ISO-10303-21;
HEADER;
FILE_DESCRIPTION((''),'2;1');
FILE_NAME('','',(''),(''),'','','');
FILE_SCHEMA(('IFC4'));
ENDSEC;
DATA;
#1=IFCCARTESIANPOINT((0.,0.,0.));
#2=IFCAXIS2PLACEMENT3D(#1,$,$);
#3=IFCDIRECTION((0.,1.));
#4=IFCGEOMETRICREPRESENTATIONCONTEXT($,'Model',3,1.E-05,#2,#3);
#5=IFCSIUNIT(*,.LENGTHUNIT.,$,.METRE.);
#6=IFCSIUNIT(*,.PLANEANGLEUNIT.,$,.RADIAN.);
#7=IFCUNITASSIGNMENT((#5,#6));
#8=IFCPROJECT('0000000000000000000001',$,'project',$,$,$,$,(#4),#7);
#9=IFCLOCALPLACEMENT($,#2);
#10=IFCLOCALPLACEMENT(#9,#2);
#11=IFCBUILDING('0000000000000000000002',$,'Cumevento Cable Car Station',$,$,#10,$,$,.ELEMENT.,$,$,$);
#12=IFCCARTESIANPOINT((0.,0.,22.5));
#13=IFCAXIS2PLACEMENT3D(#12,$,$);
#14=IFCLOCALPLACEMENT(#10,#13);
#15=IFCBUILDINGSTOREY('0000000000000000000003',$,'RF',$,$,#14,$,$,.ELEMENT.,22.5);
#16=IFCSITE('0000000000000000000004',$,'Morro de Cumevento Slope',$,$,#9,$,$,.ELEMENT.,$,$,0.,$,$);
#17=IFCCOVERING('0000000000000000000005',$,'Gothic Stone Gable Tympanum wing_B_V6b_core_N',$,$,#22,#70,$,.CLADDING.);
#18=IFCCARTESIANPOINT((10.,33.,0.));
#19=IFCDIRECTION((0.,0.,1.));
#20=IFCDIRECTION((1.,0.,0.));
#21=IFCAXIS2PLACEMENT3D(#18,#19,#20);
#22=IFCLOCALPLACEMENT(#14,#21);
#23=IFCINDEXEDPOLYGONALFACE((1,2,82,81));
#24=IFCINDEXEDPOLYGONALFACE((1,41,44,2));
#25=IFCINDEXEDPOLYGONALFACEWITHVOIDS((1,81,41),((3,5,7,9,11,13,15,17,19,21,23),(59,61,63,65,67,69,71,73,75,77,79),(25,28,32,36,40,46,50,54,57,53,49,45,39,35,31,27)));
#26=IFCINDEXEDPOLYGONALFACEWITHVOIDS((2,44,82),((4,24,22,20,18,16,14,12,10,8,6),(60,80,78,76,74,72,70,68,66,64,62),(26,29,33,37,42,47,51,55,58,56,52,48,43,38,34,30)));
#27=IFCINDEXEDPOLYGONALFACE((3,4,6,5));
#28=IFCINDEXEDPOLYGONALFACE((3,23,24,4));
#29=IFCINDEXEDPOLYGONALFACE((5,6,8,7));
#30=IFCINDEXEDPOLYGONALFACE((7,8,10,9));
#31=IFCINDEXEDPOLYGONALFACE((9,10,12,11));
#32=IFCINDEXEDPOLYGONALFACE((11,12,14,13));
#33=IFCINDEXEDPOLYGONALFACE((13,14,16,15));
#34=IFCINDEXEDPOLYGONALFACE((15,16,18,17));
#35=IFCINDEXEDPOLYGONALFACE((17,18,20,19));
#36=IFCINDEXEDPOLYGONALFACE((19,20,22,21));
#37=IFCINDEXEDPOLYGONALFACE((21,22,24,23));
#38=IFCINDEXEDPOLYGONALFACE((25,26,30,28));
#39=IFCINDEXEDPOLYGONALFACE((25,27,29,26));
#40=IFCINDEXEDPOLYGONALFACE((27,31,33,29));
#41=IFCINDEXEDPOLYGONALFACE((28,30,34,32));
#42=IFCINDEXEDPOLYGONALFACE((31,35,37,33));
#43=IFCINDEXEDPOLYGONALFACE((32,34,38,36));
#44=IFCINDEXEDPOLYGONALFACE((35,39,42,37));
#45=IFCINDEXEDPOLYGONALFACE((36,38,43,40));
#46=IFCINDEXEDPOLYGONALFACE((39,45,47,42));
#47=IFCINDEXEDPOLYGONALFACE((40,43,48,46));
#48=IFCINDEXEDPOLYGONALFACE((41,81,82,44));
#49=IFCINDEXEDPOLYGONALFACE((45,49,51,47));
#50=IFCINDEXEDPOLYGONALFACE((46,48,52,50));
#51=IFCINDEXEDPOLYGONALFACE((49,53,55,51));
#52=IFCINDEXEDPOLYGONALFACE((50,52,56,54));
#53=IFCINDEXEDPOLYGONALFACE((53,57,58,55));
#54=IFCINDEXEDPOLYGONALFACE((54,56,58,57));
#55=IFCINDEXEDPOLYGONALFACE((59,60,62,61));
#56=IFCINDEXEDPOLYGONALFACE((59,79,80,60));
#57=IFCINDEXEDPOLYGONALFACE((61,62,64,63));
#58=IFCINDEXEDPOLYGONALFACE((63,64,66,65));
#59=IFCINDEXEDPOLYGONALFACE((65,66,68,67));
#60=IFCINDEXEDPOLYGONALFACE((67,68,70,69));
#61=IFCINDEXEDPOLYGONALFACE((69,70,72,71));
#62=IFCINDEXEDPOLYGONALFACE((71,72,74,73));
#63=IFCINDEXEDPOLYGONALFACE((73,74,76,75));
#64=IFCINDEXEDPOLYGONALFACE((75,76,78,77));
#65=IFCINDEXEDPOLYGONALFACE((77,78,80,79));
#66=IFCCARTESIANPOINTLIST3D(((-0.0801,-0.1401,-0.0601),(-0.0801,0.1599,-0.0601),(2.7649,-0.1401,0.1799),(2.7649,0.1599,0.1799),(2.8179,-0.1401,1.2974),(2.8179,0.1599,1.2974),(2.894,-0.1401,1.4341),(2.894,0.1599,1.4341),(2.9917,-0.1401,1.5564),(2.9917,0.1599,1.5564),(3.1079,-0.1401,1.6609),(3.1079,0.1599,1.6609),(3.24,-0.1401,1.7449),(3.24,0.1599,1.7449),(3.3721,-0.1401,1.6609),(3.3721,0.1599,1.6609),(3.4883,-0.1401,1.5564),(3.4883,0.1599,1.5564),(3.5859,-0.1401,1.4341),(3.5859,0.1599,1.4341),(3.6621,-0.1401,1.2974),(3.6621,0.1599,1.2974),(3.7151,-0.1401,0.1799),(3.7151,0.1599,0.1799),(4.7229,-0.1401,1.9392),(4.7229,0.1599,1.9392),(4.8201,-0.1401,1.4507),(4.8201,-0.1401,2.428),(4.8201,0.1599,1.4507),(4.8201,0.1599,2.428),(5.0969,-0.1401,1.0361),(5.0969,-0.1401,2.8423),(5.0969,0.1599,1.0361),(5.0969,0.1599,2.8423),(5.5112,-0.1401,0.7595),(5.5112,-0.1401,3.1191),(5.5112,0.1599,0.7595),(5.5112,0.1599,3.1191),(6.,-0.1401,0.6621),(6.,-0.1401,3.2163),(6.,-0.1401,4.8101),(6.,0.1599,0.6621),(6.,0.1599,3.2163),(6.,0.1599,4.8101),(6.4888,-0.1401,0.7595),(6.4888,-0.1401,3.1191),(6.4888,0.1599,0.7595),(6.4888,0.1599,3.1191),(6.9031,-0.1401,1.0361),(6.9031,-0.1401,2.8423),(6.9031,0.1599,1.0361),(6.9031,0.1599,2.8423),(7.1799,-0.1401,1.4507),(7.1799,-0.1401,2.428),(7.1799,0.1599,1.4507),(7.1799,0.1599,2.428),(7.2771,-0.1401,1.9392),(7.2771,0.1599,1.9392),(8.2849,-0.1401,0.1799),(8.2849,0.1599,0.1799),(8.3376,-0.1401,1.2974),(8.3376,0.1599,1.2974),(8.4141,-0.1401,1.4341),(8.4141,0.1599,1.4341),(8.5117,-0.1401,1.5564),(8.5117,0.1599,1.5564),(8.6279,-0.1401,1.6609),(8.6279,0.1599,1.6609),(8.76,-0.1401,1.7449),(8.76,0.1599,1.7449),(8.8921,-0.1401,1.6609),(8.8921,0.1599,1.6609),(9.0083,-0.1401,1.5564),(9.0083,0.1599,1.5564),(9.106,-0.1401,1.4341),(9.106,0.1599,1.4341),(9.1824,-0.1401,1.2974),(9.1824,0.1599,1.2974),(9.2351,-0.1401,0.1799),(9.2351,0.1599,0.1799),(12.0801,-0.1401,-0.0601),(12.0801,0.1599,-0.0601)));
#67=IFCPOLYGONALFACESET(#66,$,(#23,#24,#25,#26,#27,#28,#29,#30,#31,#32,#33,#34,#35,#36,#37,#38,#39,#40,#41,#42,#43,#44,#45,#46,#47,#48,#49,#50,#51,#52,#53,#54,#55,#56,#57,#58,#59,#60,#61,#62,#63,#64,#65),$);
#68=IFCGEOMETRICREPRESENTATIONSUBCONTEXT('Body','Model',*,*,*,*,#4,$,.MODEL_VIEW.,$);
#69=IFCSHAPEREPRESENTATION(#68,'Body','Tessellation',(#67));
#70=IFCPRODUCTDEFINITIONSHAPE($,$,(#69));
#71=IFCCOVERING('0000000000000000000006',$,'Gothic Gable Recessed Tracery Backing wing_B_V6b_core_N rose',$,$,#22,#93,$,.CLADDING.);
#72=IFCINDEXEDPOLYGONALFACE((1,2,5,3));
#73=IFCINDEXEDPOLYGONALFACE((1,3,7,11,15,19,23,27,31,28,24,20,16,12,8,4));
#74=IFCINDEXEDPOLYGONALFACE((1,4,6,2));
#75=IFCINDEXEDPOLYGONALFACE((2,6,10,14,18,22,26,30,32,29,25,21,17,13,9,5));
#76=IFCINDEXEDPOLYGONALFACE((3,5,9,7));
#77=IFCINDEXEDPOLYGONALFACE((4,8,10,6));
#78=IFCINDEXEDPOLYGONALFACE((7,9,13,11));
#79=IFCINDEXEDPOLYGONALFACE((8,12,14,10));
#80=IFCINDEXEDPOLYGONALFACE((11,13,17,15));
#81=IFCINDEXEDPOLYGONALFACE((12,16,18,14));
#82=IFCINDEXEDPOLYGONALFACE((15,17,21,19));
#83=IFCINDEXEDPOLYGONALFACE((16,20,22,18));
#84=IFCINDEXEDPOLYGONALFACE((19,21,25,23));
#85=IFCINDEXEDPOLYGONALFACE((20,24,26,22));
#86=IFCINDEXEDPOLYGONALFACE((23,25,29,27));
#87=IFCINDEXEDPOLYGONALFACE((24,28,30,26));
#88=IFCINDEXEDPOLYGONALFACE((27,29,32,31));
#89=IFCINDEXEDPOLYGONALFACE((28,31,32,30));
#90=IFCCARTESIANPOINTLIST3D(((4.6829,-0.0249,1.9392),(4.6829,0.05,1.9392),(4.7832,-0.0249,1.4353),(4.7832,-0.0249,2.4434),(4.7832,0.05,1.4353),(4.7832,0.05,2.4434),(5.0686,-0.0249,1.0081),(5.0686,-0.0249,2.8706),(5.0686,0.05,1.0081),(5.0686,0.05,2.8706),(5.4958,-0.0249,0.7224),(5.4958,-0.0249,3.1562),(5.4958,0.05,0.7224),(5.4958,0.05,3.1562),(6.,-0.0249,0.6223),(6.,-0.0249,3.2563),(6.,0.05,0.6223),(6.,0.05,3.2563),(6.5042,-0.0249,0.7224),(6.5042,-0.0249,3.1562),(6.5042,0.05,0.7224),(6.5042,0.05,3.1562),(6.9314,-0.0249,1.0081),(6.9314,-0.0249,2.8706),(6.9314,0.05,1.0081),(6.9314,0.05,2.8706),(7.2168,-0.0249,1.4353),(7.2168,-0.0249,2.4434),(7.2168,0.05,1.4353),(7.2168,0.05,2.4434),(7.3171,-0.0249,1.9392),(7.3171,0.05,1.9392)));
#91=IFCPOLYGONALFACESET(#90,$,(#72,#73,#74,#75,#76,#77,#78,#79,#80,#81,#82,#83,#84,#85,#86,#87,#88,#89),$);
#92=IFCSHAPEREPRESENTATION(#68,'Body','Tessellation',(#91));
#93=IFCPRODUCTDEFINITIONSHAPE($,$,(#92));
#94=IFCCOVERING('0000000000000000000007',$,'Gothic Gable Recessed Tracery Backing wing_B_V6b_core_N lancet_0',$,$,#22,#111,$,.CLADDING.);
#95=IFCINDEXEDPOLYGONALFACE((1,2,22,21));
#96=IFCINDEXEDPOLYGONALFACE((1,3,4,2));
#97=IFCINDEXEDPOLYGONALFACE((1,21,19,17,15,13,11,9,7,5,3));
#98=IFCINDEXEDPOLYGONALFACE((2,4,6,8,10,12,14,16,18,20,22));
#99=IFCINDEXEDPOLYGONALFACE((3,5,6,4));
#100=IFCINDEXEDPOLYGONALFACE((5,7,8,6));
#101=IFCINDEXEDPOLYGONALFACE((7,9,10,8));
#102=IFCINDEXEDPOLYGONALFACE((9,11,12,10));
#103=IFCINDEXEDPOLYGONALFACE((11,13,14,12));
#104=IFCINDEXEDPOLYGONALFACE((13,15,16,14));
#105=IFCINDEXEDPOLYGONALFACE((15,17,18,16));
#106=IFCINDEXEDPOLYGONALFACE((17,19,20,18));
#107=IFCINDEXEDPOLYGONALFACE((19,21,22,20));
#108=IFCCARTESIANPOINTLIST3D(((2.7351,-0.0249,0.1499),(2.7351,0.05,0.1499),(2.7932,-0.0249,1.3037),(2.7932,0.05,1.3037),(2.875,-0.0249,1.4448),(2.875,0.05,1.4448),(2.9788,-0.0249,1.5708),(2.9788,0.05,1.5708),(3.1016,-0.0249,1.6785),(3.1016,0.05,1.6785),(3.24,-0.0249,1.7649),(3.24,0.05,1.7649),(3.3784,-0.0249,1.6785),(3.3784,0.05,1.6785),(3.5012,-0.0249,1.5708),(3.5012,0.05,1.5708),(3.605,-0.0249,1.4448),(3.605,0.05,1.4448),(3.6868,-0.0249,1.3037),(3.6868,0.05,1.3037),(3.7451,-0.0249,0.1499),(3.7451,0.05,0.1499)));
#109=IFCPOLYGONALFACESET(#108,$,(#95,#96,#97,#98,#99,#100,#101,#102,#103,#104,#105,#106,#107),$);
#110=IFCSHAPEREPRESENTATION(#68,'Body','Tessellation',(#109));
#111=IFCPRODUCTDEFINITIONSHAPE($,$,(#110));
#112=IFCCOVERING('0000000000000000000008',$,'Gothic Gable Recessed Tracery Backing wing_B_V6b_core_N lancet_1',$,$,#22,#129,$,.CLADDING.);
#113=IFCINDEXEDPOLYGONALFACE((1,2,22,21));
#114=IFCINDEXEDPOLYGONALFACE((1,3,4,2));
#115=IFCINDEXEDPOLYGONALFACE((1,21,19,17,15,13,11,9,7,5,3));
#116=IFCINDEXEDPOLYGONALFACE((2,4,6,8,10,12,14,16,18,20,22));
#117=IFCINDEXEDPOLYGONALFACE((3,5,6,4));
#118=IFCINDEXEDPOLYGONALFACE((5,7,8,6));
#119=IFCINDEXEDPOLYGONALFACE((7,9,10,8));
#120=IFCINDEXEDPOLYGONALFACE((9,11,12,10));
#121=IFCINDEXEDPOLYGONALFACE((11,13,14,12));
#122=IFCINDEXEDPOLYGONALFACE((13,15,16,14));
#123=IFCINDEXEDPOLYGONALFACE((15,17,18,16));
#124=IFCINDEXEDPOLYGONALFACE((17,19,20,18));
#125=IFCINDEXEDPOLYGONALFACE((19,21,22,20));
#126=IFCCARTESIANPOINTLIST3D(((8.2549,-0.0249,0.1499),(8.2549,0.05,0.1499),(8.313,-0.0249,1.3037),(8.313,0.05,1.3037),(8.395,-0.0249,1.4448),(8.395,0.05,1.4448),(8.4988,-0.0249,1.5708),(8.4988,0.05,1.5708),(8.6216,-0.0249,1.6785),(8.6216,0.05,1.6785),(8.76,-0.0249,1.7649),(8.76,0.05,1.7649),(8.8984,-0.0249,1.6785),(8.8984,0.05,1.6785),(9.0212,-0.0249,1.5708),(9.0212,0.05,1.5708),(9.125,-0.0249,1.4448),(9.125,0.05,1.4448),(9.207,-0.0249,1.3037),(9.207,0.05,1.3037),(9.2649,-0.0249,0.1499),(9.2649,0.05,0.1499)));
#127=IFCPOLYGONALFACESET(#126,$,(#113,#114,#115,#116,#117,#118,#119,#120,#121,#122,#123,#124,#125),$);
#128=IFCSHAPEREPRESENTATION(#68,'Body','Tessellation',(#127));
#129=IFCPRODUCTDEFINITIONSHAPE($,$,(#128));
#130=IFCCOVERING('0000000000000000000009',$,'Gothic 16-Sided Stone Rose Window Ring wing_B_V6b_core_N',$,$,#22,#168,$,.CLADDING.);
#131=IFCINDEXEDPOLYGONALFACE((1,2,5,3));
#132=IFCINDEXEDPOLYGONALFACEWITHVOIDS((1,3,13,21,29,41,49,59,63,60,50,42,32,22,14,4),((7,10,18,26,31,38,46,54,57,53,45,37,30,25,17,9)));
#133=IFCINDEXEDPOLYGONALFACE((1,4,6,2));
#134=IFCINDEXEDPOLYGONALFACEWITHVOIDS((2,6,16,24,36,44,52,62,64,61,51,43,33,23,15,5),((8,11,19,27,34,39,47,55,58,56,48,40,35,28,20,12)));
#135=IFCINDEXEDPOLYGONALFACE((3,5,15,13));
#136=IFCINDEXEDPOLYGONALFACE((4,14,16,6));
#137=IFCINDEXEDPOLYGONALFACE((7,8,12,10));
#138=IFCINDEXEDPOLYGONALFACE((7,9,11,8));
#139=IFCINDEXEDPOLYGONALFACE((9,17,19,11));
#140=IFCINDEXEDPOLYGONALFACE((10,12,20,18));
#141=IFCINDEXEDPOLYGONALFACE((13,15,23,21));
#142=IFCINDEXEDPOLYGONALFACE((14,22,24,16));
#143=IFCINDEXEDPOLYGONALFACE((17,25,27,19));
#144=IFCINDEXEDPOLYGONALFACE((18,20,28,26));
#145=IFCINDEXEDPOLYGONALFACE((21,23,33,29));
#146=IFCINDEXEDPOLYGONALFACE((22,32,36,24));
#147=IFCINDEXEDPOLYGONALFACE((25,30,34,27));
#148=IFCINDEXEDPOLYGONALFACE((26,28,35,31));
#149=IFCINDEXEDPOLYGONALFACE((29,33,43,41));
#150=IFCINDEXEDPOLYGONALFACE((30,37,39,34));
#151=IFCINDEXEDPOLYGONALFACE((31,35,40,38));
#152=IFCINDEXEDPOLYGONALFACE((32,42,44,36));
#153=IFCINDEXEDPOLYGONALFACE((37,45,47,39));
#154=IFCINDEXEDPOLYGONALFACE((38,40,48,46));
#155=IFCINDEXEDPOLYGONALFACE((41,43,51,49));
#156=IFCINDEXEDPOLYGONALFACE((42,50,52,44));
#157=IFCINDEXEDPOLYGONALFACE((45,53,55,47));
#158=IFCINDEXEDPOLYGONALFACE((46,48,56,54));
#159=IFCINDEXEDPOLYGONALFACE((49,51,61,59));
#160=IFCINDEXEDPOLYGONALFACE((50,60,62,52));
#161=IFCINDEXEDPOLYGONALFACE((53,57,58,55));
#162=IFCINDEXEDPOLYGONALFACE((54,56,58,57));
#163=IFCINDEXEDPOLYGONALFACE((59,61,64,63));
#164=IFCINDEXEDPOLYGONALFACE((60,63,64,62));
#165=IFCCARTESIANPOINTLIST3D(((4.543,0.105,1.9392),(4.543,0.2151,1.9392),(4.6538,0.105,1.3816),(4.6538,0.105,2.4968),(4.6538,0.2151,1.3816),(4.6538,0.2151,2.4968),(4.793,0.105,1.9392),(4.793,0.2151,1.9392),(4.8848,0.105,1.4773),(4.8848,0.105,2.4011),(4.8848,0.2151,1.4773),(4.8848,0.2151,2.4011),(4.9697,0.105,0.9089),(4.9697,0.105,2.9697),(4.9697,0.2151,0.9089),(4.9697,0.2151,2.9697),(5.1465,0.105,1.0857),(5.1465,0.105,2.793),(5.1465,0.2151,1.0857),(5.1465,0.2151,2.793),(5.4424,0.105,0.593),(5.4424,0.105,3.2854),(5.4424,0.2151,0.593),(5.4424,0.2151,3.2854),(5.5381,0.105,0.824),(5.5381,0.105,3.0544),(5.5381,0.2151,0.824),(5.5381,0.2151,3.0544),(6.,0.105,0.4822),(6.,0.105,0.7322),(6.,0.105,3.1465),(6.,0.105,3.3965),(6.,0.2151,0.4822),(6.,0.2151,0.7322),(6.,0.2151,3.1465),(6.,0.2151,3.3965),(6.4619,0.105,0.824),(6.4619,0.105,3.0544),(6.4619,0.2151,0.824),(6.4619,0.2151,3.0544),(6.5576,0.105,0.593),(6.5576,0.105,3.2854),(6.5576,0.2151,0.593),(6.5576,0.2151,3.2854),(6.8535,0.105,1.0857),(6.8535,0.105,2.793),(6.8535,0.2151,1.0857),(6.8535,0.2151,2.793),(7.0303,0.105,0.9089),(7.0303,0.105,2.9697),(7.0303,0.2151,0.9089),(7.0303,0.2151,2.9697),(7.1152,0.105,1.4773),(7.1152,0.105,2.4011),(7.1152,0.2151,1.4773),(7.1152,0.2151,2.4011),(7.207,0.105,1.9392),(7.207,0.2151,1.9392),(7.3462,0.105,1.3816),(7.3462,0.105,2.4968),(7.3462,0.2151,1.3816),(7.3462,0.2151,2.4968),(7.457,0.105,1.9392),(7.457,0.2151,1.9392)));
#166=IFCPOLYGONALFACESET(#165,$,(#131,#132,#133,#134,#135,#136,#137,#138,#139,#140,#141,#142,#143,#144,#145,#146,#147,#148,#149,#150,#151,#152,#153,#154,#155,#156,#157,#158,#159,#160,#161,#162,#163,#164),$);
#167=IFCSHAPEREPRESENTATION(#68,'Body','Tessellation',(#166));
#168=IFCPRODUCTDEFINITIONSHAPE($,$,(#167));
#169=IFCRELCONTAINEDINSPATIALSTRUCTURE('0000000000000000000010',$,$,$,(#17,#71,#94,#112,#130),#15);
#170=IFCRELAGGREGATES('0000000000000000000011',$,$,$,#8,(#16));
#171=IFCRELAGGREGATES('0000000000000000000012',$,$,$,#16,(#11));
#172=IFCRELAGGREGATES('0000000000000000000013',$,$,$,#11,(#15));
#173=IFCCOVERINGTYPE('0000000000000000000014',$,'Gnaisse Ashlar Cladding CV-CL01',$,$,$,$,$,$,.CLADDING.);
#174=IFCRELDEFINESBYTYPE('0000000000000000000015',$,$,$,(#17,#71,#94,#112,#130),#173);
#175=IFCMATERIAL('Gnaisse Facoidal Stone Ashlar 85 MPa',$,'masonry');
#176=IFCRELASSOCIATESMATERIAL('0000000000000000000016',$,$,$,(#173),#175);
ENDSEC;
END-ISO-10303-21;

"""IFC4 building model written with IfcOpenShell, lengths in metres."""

from ifc_helpers import new_model, si_unit, direction, frame, origin, place, context, subcontext, project, spatial, polyline, outline, extrude, material, type_object, element, save


model = new_model("IFC4")

# Units and contexts
model_context = context("Model", 3, precision=1e-05, world=origin(), true_north=direction((0.0, 1.0)))
body_context = subcontext(model_context, "Body", "Model", "MODEL_VIEW")
ifc_project = project(units=[si_unit("LENGTHUNIT", "METRE"), si_unit("PLANEANGLEUNIT", "RADIAN")], contexts=[model_context])

# Site, building, storey
site_placement = place(None, origin())
site = spatial("IfcSite", under=ifc_project, at=site_placement, Name="Morro de Cumevento Slope", CompositionType="ELEMENT", RefElevation=0.0)
building_placement = place(site_placement, origin())
building = spatial("IfcBuilding", under=site, at=building_placement, Name="Cumevento Cable Car Station", CompositionType="ELEMENT")
storey_placement = place(building_placement, frame((0.0, 0.0, 22.5)))
storey = spatial("IfcBuildingStorey", under=building, at=storey_placement, Name="RF", CompositionType="ELEMENT", Elevation=22.5)

# Coverings
ifc_material_1 = material(Name="Gnaisse Facoidal Stone Ashlar 85 MPa", Category="masonry")
covering_type_1 = type_object("IfcCoveringType", Name="Gnaisse Ashlar Cladding CV-CL01", PredefinedType="CLADDING", material=ifc_material_1)
placement = place(storey_placement, frame((10.0, 33.0, 0.0), z_axis=(0.0, 0.0, 1.0), x_axis=(1.0, 0.0, 0.0)))
element("IfcCovering", 1, at=placement, inside=storey, type_object=covering_type_1, Name="Gothic Stone Gable Tympanum wing_B_V6b_core_N", PredefinedType="CLADDING", context=body_context, shape_type="SweptSolid", body=[
    extrude(outline(polyline([(-0.0801, -0.0601), (12.0801, -0.0601), (6.0, 4.8101), (-0.0801, -0.0601)]), holes=[polyline([(7.2771, 1.9392), (7.1799, 2.428), (6.9031, 2.8423), (6.4888, 3.1191), (6.0, 3.2163), (5.5112, 3.1191), (5.0969, 2.8423), (4.8201, 2.428), (4.7229, 1.9392), (4.8201, 1.4507), (5.0969, 1.0361), (5.5112, 0.7595), (6.0, 0.6621), (6.4888, 0.7595), (6.9031, 1.0361), (7.1799, 1.4507), (7.2771, 1.9392)]), polyline([(2.7649, 0.1799), (3.7151, 0.1799), (3.6621, 1.2974), (3.5859, 1.4341), (3.4883, 1.5564), (3.3721, 1.6609), (3.24, 1.7449), (3.1079, 1.6609), (2.9917, 1.5564), (2.894, 1.4341), (2.8179, 1.2974), (2.7649, 0.1799)]), polyline([(8.2849, 0.1799), (9.2351, 0.1799), (9.1824, 1.2974), (9.106, 1.4341), (9.0083, 1.5564), (8.8921, 1.6609), (8.76, 1.7449), (8.6279, 1.6609), (8.5117, 1.5564), (8.4141, 1.4341), (8.3376, 1.2974), (8.2849, 0.1799)])]), frame((0.0, 0.1599, 0.0), z_axis=(0.0, -1.0, 0.0), x_axis=(1.0, 0.0, 0.0)), (0.0, 0.0, 1.0), 0.3),
])
element("IfcCovering", 2, at=placement, inside=storey, type_object=covering_type_1, Name="Gothic Gable Recessed Tracery Backing wing_B_V6b_core_N rose", PredefinedType="CLADDING", context=body_context, shape_type="SweptSolid", body=[
    extrude(outline(polyline([(7.3171, 1.9392), (7.2168, 2.4434), (6.9314, 2.8706), (6.5042, 3.1562), (6.0, 3.2563), (5.4958, 3.1562), (5.0686, 2.8706), (4.7832, 2.4434), (4.6829, 1.9392), (4.7832, 1.4353), (5.0686, 1.0081), (5.4958, 0.7224), (6.0, 0.6223), (6.5042, 0.7224), (6.9314, 1.0081), (7.2168, 1.4353), (7.3171, 1.9392)])), frame((0.0, 0.05, 0.0), z_axis=(0.0, -1.0, 0.0), x_axis=(1.0, 0.0, 0.0)), (0.0, 0.0, 1.0), 0.075),
])
element("IfcCovering", 3, at=placement, inside=storey, type_object=covering_type_1, Name="Gothic Gable Recessed Tracery Backing wing_B_V6b_core_N lancet_0", PredefinedType="CLADDING", context=body_context, shape_type="SweptSolid", body=[
    extrude(outline(polyline([(2.7351, 0.1499), (3.7451, 0.1499), (3.6868, 1.3037), (3.605, 1.4448), (3.5012, 1.5708), (3.3784, 1.6785), (3.24, 1.7649), (3.1016, 1.6785), (2.9788, 1.5708), (2.875, 1.4448), (2.7932, 1.3037), (2.7351, 0.1499)])), frame((0.0, 0.05, 0.0), z_axis=(0.0, -1.0, 0.0), x_axis=(1.0, 0.0, 0.0)), (0.0, 0.0, 1.0), 0.075),
])
element("IfcCovering", 4, at=placement, inside=storey, type_object=covering_type_1, Name="Gothic Gable Recessed Tracery Backing wing_B_V6b_core_N lancet_1", PredefinedType="CLADDING", context=body_context, shape_type="SweptSolid", body=[
    extrude(outline(polyline([(8.2549, 0.1499), (9.2649, 0.1499), (9.207, 1.3037), (9.125, 1.4448), (9.0212, 1.5708), (8.8984, 1.6785), (8.76, 1.7649), (8.6216, 1.6785), (8.4988, 1.5708), (8.395, 1.4448), (8.313, 1.3037), (8.2549, 0.1499)])), frame((0.0, 0.05, 0.0), z_axis=(0.0, -1.0, 0.0), x_axis=(1.0, 0.0, 0.0)), (0.0, 0.0, 1.0), 0.075),
])
element("IfcCovering", 5, at=placement, inside=storey, type_object=covering_type_1, Name="Gothic 16-Sided Stone Rose Window Ring wing_B_V6b_core_N", PredefinedType="CLADDING", context=body_context, shape_type="SweptSolid", body=[
    extrude(outline(polyline([(7.457, 1.9392), (7.3462, 2.4968), (7.0303, 2.9697), (6.5576, 3.2854), (6.0, 3.3965), (5.4424, 3.2854), (4.9697, 2.9697), (4.6538, 2.4968), (4.543, 1.9392), (4.6538, 1.3816), (4.9697, 0.9089), (5.4424, 0.593), (6.0, 0.4822), (6.5576, 0.593), (7.0303, 0.9089), (7.3462, 1.3816), (7.457, 1.9392)]), holes=[polyline([(7.207, 1.9392), (7.1152, 2.4011), (6.8535, 2.793), (6.4619, 3.0544), (6.0, 3.1465), (5.5381, 3.0544), (5.1465, 2.793), (4.8848, 2.4011), (4.793, 1.9392), (4.8848, 1.4773), (5.1465, 1.0857), (5.5381, 0.824), (6.0, 0.7322), (6.4619, 0.824), (6.8535, 1.0857), (7.1152, 1.4773), (7.207, 1.9392)])]), frame((0.0, 0.2151, 0.0), z_axis=(0.0, -1.0, 0.0), x_axis=(1.0, 0.0, 0.0)), (0.0, 0.0, 1.0), 0.1101),
])

save(model, "model.ifc")
